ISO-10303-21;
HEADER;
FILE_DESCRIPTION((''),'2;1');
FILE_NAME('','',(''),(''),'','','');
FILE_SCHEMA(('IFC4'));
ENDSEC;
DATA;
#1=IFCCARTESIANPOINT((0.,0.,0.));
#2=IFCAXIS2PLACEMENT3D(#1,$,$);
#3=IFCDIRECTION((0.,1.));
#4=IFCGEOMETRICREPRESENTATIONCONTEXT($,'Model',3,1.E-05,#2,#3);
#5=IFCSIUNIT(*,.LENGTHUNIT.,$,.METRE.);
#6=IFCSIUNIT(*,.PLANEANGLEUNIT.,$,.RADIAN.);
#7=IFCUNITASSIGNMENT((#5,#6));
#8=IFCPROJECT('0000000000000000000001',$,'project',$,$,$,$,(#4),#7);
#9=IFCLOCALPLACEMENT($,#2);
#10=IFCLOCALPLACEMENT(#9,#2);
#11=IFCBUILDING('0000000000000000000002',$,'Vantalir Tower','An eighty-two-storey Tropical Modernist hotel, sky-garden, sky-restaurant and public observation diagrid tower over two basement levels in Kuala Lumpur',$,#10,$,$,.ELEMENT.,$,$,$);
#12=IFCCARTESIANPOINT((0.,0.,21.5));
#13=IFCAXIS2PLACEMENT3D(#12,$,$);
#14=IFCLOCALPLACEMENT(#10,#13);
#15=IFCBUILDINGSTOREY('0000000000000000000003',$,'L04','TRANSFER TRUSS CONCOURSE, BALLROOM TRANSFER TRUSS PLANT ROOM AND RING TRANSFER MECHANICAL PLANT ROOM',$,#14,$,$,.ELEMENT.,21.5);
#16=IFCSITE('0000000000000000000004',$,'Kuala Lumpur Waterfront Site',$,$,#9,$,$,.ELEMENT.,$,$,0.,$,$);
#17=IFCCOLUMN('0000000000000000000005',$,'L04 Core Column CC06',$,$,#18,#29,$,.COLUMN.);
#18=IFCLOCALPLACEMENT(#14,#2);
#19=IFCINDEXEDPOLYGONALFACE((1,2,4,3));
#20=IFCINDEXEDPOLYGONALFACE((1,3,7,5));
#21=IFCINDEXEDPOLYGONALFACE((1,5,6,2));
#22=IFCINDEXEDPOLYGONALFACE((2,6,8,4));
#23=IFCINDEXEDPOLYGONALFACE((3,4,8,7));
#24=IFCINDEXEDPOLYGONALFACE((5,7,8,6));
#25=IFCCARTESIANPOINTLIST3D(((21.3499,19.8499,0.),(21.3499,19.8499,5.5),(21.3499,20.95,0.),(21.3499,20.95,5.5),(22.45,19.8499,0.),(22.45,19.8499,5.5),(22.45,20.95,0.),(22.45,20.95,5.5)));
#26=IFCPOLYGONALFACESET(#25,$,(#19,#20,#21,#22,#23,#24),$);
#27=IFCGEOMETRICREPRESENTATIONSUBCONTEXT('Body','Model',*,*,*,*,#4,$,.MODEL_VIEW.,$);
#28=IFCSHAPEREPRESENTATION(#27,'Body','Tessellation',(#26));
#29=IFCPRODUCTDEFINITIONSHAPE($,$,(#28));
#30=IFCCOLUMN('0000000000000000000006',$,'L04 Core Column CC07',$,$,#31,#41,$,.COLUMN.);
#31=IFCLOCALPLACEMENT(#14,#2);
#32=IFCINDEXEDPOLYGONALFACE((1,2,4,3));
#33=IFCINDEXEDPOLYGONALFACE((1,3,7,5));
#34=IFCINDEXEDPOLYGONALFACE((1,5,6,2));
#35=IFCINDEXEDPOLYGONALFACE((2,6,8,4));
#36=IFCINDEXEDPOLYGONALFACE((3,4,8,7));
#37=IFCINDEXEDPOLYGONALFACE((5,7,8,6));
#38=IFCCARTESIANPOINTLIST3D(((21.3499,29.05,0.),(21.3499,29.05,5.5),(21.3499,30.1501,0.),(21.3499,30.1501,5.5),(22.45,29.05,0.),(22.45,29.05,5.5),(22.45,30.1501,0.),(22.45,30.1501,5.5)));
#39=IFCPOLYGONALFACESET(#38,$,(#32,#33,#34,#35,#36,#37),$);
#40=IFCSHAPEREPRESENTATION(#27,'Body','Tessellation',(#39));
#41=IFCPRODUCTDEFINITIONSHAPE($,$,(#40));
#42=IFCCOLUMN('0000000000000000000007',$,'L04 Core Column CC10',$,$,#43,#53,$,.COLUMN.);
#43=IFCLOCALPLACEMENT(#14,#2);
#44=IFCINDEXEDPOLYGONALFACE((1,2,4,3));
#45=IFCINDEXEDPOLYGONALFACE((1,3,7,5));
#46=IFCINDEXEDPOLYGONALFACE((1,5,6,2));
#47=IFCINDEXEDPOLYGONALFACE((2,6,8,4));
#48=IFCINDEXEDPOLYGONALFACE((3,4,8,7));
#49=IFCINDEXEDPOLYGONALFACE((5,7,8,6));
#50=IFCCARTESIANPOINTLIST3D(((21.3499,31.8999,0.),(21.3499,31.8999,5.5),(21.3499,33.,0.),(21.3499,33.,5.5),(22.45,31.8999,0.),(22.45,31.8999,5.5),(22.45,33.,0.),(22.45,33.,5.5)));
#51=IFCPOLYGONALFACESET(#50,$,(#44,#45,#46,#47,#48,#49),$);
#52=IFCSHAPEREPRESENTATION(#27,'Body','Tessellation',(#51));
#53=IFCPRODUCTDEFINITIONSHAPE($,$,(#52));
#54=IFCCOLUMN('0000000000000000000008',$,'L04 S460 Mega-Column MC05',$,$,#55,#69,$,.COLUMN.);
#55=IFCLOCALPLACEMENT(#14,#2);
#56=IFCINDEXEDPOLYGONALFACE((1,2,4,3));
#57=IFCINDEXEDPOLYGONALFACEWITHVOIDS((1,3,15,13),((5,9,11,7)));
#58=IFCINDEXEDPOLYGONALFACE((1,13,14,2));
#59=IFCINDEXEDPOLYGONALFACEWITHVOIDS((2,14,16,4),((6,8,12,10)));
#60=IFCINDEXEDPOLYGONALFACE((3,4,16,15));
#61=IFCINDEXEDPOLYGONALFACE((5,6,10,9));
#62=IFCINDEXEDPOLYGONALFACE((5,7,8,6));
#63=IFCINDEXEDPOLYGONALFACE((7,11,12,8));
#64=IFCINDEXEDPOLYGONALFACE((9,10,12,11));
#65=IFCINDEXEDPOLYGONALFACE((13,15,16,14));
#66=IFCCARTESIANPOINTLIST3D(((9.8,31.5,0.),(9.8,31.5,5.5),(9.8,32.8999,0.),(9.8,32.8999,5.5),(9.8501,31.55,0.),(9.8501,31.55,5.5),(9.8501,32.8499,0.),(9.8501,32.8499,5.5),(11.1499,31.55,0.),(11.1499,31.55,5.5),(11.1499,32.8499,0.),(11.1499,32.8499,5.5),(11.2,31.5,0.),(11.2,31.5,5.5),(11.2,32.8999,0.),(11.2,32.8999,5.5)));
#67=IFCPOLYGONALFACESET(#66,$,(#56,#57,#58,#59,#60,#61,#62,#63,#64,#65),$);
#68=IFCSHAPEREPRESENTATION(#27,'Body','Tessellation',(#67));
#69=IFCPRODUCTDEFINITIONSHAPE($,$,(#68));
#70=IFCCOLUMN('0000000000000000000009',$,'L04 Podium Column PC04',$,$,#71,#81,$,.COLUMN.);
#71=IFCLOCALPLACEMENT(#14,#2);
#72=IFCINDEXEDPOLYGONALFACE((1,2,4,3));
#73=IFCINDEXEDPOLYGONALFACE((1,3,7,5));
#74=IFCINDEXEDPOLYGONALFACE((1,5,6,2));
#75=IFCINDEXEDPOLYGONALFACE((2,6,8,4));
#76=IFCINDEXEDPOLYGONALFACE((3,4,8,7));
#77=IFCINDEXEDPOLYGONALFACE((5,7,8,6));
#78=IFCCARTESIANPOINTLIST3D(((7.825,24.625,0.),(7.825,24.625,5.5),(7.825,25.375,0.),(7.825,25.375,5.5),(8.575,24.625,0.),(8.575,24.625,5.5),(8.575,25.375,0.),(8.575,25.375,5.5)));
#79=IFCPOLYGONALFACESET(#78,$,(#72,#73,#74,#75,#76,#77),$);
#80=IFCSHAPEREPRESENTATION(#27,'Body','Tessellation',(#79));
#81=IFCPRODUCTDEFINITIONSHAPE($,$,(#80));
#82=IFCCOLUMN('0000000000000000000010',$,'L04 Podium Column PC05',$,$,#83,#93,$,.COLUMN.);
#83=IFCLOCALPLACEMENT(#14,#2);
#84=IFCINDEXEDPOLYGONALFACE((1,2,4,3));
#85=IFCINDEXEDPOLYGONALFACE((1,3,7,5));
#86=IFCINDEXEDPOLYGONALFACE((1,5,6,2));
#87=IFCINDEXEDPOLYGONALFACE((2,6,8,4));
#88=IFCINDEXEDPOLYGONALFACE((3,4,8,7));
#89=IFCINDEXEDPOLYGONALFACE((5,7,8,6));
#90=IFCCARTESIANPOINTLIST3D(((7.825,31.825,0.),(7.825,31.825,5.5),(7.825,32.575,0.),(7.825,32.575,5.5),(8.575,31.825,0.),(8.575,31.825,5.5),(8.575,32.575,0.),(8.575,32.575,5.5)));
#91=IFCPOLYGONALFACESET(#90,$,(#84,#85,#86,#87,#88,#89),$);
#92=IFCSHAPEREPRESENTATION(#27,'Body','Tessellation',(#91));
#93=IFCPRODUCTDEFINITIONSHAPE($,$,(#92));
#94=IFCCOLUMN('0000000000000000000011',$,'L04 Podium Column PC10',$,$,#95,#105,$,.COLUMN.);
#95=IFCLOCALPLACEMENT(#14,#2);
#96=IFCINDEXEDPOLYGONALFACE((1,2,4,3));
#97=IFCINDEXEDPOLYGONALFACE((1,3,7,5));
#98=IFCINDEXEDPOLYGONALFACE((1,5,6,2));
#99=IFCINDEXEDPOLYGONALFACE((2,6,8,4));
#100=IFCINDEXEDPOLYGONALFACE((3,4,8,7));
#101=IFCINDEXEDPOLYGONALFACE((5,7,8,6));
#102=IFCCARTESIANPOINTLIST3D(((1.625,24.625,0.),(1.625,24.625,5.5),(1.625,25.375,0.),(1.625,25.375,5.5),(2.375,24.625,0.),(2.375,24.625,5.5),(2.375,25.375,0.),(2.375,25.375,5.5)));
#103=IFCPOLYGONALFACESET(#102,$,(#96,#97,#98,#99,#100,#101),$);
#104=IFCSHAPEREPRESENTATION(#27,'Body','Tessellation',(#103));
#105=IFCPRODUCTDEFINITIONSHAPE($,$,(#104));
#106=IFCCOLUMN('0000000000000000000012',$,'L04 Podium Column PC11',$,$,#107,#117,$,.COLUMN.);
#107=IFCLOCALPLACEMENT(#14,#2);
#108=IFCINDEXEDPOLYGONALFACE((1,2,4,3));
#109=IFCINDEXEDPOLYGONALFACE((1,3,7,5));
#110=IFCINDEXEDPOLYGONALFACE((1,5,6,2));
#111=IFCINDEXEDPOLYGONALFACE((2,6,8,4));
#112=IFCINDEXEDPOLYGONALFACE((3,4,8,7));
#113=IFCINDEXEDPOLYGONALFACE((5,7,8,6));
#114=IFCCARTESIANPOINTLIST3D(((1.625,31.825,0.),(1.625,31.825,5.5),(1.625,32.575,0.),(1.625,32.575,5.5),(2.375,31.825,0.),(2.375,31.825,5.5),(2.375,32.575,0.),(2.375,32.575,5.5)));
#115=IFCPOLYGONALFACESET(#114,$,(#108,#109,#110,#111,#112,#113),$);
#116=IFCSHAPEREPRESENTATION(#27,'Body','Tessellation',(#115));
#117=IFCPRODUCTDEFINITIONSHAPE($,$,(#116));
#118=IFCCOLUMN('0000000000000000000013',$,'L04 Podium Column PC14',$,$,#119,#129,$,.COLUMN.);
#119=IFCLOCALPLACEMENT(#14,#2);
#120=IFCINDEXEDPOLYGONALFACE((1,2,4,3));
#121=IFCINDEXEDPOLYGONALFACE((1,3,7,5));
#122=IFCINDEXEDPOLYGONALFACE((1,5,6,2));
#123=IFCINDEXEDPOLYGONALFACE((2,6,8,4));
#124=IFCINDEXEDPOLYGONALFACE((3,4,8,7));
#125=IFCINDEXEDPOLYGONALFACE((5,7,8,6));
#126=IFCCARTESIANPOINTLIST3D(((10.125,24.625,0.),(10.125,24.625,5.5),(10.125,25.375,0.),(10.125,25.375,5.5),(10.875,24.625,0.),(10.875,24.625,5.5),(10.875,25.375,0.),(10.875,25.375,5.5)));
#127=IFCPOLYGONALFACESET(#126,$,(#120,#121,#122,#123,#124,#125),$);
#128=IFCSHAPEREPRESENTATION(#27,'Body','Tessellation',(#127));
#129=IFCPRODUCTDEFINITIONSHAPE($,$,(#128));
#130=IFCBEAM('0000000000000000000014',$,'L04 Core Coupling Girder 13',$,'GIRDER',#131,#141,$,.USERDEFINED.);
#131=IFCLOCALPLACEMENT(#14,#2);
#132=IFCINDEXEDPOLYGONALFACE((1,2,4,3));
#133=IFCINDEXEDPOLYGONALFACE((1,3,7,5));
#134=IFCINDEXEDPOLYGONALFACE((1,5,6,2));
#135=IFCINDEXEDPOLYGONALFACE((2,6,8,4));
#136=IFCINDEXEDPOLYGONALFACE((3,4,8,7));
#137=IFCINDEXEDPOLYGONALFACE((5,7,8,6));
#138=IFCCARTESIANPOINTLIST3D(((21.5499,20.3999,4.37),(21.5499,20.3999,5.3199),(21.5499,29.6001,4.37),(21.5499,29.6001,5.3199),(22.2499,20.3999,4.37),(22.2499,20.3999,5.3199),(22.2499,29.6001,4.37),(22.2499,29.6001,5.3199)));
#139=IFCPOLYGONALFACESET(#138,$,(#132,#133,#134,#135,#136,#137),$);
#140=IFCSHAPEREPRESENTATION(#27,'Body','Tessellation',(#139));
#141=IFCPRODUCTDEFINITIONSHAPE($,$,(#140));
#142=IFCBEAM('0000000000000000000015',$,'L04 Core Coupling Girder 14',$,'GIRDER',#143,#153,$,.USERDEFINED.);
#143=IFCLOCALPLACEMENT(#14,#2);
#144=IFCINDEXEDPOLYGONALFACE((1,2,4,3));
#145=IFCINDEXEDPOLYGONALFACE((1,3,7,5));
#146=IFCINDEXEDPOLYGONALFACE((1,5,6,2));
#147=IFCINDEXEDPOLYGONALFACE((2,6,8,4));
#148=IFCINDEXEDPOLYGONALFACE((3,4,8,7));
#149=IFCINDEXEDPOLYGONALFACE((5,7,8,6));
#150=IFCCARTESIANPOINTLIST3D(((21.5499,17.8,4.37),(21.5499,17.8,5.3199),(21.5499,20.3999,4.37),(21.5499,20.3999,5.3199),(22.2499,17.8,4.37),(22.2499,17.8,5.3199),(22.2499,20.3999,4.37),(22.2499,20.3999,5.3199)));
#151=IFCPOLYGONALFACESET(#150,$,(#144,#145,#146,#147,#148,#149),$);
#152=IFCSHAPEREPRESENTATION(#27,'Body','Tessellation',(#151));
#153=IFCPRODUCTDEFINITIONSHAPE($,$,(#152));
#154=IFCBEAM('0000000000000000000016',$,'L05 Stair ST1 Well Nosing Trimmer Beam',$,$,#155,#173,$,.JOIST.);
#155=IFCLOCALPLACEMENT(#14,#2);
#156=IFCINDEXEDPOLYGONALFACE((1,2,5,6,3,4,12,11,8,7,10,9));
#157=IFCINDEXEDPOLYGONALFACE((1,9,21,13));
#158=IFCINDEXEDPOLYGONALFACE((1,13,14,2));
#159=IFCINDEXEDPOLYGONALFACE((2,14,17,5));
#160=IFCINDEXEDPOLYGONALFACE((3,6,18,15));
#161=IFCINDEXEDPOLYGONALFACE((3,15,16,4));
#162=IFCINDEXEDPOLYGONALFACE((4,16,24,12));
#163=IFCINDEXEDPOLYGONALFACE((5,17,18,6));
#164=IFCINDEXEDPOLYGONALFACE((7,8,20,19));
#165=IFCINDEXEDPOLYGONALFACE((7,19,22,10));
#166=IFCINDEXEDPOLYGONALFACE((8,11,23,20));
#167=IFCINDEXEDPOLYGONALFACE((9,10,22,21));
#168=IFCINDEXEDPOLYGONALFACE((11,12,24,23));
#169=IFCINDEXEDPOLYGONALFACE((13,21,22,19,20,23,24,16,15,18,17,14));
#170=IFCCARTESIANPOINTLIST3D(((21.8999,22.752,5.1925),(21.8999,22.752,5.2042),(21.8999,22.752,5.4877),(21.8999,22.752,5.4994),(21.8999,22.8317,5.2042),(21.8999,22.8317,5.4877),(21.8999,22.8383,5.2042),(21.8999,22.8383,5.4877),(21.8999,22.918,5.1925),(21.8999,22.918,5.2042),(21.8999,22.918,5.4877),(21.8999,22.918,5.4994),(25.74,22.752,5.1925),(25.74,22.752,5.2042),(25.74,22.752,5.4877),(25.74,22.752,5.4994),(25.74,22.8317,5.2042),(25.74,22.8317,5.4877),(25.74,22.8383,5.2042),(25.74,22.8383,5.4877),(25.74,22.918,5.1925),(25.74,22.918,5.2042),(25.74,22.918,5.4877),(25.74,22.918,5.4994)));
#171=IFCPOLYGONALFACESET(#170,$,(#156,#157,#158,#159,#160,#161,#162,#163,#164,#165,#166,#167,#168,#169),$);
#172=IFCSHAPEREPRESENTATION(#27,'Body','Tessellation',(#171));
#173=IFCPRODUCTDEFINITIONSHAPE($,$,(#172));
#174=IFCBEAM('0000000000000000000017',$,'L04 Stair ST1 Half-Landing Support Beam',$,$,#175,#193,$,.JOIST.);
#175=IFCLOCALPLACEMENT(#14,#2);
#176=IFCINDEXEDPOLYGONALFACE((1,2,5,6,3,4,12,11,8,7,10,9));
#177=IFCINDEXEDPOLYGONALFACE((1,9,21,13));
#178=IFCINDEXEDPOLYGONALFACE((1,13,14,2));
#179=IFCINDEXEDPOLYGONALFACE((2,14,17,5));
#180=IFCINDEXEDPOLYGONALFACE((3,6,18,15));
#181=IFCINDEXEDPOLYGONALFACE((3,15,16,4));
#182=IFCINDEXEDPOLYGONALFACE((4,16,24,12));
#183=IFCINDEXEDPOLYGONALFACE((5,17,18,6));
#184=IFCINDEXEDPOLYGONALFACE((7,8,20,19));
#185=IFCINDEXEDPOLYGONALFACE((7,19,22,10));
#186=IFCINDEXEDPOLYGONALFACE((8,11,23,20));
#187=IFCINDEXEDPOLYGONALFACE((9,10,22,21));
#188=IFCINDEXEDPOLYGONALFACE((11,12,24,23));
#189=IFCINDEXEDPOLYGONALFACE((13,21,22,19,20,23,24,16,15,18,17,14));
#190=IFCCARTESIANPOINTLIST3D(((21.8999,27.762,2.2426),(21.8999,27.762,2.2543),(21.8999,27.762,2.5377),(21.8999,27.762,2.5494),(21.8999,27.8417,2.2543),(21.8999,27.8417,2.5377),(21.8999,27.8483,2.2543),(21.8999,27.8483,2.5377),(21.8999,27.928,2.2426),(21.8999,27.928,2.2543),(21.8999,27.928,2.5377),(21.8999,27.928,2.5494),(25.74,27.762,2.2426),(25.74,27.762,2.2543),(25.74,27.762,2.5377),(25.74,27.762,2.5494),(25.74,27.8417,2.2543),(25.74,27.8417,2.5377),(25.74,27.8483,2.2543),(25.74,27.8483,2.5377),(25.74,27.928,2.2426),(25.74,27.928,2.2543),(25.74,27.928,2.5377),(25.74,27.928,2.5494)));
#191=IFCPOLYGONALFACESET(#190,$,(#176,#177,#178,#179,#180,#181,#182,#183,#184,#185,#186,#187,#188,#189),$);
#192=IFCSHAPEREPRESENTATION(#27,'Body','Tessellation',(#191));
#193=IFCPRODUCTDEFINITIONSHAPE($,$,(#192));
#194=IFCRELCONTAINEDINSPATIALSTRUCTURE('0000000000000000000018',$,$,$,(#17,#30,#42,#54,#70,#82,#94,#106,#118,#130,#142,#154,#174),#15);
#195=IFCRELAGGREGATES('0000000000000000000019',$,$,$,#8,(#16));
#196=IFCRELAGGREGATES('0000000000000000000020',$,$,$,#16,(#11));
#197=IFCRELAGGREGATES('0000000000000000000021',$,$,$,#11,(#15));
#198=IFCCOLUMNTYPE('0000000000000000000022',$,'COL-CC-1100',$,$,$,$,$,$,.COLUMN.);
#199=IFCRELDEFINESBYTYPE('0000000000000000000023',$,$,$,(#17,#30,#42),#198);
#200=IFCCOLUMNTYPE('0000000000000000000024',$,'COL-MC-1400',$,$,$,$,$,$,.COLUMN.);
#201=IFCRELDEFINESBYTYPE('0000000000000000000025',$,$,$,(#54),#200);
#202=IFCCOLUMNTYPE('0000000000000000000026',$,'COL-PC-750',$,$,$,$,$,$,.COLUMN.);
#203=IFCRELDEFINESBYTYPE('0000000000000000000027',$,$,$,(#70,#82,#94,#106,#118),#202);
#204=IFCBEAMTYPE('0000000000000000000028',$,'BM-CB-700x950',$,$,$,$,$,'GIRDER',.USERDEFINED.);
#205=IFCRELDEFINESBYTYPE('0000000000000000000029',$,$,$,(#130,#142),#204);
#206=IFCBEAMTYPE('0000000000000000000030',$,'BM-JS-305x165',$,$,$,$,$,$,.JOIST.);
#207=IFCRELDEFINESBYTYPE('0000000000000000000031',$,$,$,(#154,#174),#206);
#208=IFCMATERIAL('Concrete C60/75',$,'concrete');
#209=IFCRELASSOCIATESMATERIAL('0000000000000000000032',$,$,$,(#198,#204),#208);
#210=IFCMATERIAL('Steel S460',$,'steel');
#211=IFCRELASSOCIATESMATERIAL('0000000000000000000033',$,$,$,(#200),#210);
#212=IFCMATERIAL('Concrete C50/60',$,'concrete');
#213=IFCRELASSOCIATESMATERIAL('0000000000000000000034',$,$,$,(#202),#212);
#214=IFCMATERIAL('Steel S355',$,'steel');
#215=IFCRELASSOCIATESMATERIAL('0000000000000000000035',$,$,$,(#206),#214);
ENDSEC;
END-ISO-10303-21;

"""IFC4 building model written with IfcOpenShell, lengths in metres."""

from ifc_helpers import new_model, si_unit, direction, frame, origin, origin_2d, place, context, subcontext, project, spatial, rectangle, hollow_rectangle, i_section, extrude, material, material_profile, profile_set, type_object, element, save


model = new_model("IFC4")

# Units and contexts
model_context = context("Model", 3, precision=1e-05, world=origin(), true_north=direction((0.0, 1.0)))
body_context = subcontext(model_context, "Body", "Model", "MODEL_VIEW")
ifc_project = project(units=[si_unit("LENGTHUNIT", "METRE"), si_unit("PLANEANGLEUNIT", "RADIAN")], contexts=[model_context])

# Site, building, storey
site_placement = place(None, origin())
site = spatial("IfcSite", under=ifc_project, at=site_placement, Name="Kuala Lumpur Waterfront Site", CompositionType="ELEMENT", RefElevation=0.0)
building_placement = place(site_placement, origin())
building = spatial("IfcBuilding", under=site, at=building_placement, Name="Vantalir Tower", Description="An eighty-two-storey Tropical Modernist hotel, sky-garden, sky-restaurant and public observation diagrid tower over two basement levels in Kuala Lumpur", CompositionType="ELEMENT")
storey_placement = place(building_placement, frame((0.0, 0.0, 21.5)))
storey = spatial("IfcBuildingStorey", under=building, at=storey_placement, Name="L04", Description="TRANSFER TRUSS CONCOURSE, BALLROOM TRANSFER TRUSS PLANT ROOM AND RING TRANSFER MECHANICAL PLANT ROOM", CompositionType="ELEMENT", Elevation=21.5)

# Columns
ifc_material_1 = material(Name="Concrete C60/75", Category="concrete")
ifc_material_profile_1 = material_profile(ifc_material_1, rectangle(XDim=1.1001, YDim=1.1001, at=origin_2d()), Name="Concrete C60/75")
ifc_profile_set_1 = profile_set([ifc_material_profile_1], Name="Concrete C60/75")
column_type_1 = type_object("IfcColumnType", Name="COL-CC-1100", PredefinedType="COLUMN", material=ifc_profile_set_1)
for number, where, z_axis, x_axis, name in (
    (1, (21.8999, 20.3999, 0.0), (0.0, 0.0, 1.0), (1.0, 0.0, 0.0), "L04 Core Column CC06"),
    (2, (21.8999, 29.6001, 0.0), (0.0, 0.0, 1.0), (1.0, 0.0, 0.0), "L04 Core Column CC07"),
    (3, (21.8999, 32.45, 0.0), (0.0, 0.0, 1.0), (1.0, 0.0, 0.0), "L04 Core Column CC10"),
):
    element("IfcColumn", number, at=place(storey_placement, frame(where, z_axis=z_axis, x_axis=x_axis)), inside=storey, type_object=column_type_1, Name=name, PredefinedType="COLUMN", context=body_context, shape_type="SweptSolid", body=[
        extrude(rectangle(XDim=1.1001, YDim=1.1001, at=origin_2d()), origin(), (0.0, 0.0, 1.0), 5.5),
    ])
ifc_material_2 = material(Name="Steel S460", Category="steel")
ifc_material_profile_2 = material_profile(ifc_material_2, hollow_rectangle(XDim=1.3999, YDim=1.3999, WallThickness=0.05, at=origin_2d()), Name="Steel S460")
ifc_profile_set_2 = profile_set([ifc_material_profile_2], Name="Steel S460")
column_type_2 = type_object("IfcColumnType", Name="COL-MC-1400", PredefinedType="COLUMN", material=ifc_profile_set_2)
column_placement = place(storey_placement, frame((10.5, 32.2, 0.0), z_axis=(0.0, 0.0, 1.0), x_axis=(1.0, 0.0, 0.0)))
element("IfcColumn", 4, at=column_placement, inside=storey, type_object=column_type_2, Name="L04 S460 Mega-Column MC05", PredefinedType="COLUMN", context=body_context, shape_type="SweptSolid", body=[
    extrude(hollow_rectangle(XDim=1.3999, YDim=1.3999, WallThickness=0.05, at=origin_2d()), origin(), (0.0, 0.0, 1.0), 5.5),
])
ifc_material_3 = material(Name="Concrete C50/60", Category="concrete")
ifc_material_profile_3 = material_profile(ifc_material_3, rectangle(XDim=0.75, YDim=0.75, at=origin_2d()), Name="Concrete C50/60")
ifc_profile_set_3 = profile_set([ifc_material_profile_3], Name="Concrete C50/60")
column_type_3 = type_object("IfcColumnType", Name="COL-PC-750", PredefinedType="COLUMN", material=ifc_profile_set_3)
for number, where, z_axis, x_axis, name in (
    (5, (8.2, 25.0, 0.0), (0.0, 0.0, 1.0), (1.0, 0.0, 0.0), "L04 Podium Column PC04"),
    (6, (8.2, 32.2, 0.0), (0.0, 0.0, 1.0), (1.0, 0.0, 0.0), "L04 Podium Column PC05"),
    (7, (2.0, 25.0, 0.0), (0.0, 0.0, 1.0), (1.0, 0.0, 0.0), "L04 Podium Column PC10"),
    (8, (2.0, 32.2, 0.0), (0.0, 0.0, 1.0), (1.0, 0.0, 0.0), "L04 Podium Column PC11"),
    (9, (10.5, 25.0, 0.0), (0.0, 0.0, 1.0), (1.0, 0.0, 0.0), "L04 Podium Column PC14"),
):
    element("IfcColumn", number, at=place(storey_placement, frame(where, z_axis=z_axis, x_axis=x_axis)), inside=storey, type_object=column_type_3, Name=name, PredefinedType="COLUMN", context=body_context, shape_type="SweptSolid", body=[
        extrude(rectangle(XDim=0.75, YDim=0.75, at=origin_2d()), origin(), (0.0, 0.0, 1.0), 5.5),
    ])

# Beams
ifc_material_profile_4 = material_profile(ifc_material_1, rectangle(XDim=0.7, YDim=0.95, at=origin_2d()), Name="Concrete C60/75")
ifc_profile_set_4 = profile_set([ifc_material_profile_4], Name="Concrete C60/75")
beam_type_1 = type_object("IfcBeamType", Name="BM-CB-700x950", ElementType="GIRDER", PredefinedType="USERDEFINED", material=ifc_profile_set_4)
beam_1_placement = place(storey_placement, frame((21.8999, 29.6001, 4.845), z_axis=(0.0, -1.0, 0.0), x_axis=(1.0, 0.0, 0.0)))
element("IfcBeam", 10, at=beam_1_placement, inside=storey, type_object=beam_type_1, Name="L04 Core Coupling Girder 13", ObjectType="GIRDER", PredefinedType="USERDEFINED", context=body_context, shape_type="SweptSolid", body=[
    extrude(rectangle(XDim=0.7, YDim=0.95, at=origin_2d()), origin(), (0.0, 0.0, 1.0), 9.2002),
])
beam_2_placement = place(storey_placement, frame((21.8999, 20.3999, 4.845), z_axis=(0.0, -1.0, 0.0), x_axis=(1.0, 0.0, 0.0)))
element("IfcBeam", 11, at=beam_2_placement, inside=storey, type_object=beam_type_1, Name="L04 Core Coupling Girder 14", ObjectType="GIRDER", PredefinedType="USERDEFINED", context=body_context, shape_type="SweptSolid", body=[
    extrude(rectangle(XDim=0.7, YDim=0.95, at=origin_2d()), origin(), (0.0, 0.0, 1.0), 2.5999),
])
ifc_material_4 = material(Name="Steel S355", Category="steel")
ifc_material_profile_5 = material_profile(ifc_material_4, i_section(OverallWidth=0.166, OverallDepth=0.3069, WebThickness=0.0066, FlangeThickness=0.0117, at=origin_2d()), Name="Steel S355")
ifc_profile_set_5 = profile_set([ifc_material_profile_5], Name="Steel S355")
beam_type_2 = type_object("IfcBeamType", Name="BM-JS-305x165", PredefinedType="JOIST", material=ifc_profile_set_5)
for number, where, z_axis, x_axis, name in (
    (12, (21.8999, 22.835, 5.3459), (1.0, 0.0, 0.0), (0.0, 1.0, 0.0), "L05 Stair ST1 Well Nosing Trimmer Beam"),
    (13, (21.8999, 27.845, 2.396), (1.0, 0.0, 0.0), (0.0, 1.0, 0.0), "L04 Stair ST1 Half-Landing Support Beam"),
):
    element("IfcBeam", number, at=place(storey_placement, frame(where, z_axis=z_axis, x_axis=x_axis)), inside=storey, type_object=beam_type_2, Name=name, PredefinedType="JOIST", context=body_context, shape_type="SweptSolid", body=[
        extrude(i_section(OverallWidth=0.166, OverallDepth=0.3069, WebThickness=0.0066, FlangeThickness=0.0117, at=origin_2d()), origin(), (0.0, 0.0, 1.0), 3.8401),
    ])

save(model, "model.ifc")
